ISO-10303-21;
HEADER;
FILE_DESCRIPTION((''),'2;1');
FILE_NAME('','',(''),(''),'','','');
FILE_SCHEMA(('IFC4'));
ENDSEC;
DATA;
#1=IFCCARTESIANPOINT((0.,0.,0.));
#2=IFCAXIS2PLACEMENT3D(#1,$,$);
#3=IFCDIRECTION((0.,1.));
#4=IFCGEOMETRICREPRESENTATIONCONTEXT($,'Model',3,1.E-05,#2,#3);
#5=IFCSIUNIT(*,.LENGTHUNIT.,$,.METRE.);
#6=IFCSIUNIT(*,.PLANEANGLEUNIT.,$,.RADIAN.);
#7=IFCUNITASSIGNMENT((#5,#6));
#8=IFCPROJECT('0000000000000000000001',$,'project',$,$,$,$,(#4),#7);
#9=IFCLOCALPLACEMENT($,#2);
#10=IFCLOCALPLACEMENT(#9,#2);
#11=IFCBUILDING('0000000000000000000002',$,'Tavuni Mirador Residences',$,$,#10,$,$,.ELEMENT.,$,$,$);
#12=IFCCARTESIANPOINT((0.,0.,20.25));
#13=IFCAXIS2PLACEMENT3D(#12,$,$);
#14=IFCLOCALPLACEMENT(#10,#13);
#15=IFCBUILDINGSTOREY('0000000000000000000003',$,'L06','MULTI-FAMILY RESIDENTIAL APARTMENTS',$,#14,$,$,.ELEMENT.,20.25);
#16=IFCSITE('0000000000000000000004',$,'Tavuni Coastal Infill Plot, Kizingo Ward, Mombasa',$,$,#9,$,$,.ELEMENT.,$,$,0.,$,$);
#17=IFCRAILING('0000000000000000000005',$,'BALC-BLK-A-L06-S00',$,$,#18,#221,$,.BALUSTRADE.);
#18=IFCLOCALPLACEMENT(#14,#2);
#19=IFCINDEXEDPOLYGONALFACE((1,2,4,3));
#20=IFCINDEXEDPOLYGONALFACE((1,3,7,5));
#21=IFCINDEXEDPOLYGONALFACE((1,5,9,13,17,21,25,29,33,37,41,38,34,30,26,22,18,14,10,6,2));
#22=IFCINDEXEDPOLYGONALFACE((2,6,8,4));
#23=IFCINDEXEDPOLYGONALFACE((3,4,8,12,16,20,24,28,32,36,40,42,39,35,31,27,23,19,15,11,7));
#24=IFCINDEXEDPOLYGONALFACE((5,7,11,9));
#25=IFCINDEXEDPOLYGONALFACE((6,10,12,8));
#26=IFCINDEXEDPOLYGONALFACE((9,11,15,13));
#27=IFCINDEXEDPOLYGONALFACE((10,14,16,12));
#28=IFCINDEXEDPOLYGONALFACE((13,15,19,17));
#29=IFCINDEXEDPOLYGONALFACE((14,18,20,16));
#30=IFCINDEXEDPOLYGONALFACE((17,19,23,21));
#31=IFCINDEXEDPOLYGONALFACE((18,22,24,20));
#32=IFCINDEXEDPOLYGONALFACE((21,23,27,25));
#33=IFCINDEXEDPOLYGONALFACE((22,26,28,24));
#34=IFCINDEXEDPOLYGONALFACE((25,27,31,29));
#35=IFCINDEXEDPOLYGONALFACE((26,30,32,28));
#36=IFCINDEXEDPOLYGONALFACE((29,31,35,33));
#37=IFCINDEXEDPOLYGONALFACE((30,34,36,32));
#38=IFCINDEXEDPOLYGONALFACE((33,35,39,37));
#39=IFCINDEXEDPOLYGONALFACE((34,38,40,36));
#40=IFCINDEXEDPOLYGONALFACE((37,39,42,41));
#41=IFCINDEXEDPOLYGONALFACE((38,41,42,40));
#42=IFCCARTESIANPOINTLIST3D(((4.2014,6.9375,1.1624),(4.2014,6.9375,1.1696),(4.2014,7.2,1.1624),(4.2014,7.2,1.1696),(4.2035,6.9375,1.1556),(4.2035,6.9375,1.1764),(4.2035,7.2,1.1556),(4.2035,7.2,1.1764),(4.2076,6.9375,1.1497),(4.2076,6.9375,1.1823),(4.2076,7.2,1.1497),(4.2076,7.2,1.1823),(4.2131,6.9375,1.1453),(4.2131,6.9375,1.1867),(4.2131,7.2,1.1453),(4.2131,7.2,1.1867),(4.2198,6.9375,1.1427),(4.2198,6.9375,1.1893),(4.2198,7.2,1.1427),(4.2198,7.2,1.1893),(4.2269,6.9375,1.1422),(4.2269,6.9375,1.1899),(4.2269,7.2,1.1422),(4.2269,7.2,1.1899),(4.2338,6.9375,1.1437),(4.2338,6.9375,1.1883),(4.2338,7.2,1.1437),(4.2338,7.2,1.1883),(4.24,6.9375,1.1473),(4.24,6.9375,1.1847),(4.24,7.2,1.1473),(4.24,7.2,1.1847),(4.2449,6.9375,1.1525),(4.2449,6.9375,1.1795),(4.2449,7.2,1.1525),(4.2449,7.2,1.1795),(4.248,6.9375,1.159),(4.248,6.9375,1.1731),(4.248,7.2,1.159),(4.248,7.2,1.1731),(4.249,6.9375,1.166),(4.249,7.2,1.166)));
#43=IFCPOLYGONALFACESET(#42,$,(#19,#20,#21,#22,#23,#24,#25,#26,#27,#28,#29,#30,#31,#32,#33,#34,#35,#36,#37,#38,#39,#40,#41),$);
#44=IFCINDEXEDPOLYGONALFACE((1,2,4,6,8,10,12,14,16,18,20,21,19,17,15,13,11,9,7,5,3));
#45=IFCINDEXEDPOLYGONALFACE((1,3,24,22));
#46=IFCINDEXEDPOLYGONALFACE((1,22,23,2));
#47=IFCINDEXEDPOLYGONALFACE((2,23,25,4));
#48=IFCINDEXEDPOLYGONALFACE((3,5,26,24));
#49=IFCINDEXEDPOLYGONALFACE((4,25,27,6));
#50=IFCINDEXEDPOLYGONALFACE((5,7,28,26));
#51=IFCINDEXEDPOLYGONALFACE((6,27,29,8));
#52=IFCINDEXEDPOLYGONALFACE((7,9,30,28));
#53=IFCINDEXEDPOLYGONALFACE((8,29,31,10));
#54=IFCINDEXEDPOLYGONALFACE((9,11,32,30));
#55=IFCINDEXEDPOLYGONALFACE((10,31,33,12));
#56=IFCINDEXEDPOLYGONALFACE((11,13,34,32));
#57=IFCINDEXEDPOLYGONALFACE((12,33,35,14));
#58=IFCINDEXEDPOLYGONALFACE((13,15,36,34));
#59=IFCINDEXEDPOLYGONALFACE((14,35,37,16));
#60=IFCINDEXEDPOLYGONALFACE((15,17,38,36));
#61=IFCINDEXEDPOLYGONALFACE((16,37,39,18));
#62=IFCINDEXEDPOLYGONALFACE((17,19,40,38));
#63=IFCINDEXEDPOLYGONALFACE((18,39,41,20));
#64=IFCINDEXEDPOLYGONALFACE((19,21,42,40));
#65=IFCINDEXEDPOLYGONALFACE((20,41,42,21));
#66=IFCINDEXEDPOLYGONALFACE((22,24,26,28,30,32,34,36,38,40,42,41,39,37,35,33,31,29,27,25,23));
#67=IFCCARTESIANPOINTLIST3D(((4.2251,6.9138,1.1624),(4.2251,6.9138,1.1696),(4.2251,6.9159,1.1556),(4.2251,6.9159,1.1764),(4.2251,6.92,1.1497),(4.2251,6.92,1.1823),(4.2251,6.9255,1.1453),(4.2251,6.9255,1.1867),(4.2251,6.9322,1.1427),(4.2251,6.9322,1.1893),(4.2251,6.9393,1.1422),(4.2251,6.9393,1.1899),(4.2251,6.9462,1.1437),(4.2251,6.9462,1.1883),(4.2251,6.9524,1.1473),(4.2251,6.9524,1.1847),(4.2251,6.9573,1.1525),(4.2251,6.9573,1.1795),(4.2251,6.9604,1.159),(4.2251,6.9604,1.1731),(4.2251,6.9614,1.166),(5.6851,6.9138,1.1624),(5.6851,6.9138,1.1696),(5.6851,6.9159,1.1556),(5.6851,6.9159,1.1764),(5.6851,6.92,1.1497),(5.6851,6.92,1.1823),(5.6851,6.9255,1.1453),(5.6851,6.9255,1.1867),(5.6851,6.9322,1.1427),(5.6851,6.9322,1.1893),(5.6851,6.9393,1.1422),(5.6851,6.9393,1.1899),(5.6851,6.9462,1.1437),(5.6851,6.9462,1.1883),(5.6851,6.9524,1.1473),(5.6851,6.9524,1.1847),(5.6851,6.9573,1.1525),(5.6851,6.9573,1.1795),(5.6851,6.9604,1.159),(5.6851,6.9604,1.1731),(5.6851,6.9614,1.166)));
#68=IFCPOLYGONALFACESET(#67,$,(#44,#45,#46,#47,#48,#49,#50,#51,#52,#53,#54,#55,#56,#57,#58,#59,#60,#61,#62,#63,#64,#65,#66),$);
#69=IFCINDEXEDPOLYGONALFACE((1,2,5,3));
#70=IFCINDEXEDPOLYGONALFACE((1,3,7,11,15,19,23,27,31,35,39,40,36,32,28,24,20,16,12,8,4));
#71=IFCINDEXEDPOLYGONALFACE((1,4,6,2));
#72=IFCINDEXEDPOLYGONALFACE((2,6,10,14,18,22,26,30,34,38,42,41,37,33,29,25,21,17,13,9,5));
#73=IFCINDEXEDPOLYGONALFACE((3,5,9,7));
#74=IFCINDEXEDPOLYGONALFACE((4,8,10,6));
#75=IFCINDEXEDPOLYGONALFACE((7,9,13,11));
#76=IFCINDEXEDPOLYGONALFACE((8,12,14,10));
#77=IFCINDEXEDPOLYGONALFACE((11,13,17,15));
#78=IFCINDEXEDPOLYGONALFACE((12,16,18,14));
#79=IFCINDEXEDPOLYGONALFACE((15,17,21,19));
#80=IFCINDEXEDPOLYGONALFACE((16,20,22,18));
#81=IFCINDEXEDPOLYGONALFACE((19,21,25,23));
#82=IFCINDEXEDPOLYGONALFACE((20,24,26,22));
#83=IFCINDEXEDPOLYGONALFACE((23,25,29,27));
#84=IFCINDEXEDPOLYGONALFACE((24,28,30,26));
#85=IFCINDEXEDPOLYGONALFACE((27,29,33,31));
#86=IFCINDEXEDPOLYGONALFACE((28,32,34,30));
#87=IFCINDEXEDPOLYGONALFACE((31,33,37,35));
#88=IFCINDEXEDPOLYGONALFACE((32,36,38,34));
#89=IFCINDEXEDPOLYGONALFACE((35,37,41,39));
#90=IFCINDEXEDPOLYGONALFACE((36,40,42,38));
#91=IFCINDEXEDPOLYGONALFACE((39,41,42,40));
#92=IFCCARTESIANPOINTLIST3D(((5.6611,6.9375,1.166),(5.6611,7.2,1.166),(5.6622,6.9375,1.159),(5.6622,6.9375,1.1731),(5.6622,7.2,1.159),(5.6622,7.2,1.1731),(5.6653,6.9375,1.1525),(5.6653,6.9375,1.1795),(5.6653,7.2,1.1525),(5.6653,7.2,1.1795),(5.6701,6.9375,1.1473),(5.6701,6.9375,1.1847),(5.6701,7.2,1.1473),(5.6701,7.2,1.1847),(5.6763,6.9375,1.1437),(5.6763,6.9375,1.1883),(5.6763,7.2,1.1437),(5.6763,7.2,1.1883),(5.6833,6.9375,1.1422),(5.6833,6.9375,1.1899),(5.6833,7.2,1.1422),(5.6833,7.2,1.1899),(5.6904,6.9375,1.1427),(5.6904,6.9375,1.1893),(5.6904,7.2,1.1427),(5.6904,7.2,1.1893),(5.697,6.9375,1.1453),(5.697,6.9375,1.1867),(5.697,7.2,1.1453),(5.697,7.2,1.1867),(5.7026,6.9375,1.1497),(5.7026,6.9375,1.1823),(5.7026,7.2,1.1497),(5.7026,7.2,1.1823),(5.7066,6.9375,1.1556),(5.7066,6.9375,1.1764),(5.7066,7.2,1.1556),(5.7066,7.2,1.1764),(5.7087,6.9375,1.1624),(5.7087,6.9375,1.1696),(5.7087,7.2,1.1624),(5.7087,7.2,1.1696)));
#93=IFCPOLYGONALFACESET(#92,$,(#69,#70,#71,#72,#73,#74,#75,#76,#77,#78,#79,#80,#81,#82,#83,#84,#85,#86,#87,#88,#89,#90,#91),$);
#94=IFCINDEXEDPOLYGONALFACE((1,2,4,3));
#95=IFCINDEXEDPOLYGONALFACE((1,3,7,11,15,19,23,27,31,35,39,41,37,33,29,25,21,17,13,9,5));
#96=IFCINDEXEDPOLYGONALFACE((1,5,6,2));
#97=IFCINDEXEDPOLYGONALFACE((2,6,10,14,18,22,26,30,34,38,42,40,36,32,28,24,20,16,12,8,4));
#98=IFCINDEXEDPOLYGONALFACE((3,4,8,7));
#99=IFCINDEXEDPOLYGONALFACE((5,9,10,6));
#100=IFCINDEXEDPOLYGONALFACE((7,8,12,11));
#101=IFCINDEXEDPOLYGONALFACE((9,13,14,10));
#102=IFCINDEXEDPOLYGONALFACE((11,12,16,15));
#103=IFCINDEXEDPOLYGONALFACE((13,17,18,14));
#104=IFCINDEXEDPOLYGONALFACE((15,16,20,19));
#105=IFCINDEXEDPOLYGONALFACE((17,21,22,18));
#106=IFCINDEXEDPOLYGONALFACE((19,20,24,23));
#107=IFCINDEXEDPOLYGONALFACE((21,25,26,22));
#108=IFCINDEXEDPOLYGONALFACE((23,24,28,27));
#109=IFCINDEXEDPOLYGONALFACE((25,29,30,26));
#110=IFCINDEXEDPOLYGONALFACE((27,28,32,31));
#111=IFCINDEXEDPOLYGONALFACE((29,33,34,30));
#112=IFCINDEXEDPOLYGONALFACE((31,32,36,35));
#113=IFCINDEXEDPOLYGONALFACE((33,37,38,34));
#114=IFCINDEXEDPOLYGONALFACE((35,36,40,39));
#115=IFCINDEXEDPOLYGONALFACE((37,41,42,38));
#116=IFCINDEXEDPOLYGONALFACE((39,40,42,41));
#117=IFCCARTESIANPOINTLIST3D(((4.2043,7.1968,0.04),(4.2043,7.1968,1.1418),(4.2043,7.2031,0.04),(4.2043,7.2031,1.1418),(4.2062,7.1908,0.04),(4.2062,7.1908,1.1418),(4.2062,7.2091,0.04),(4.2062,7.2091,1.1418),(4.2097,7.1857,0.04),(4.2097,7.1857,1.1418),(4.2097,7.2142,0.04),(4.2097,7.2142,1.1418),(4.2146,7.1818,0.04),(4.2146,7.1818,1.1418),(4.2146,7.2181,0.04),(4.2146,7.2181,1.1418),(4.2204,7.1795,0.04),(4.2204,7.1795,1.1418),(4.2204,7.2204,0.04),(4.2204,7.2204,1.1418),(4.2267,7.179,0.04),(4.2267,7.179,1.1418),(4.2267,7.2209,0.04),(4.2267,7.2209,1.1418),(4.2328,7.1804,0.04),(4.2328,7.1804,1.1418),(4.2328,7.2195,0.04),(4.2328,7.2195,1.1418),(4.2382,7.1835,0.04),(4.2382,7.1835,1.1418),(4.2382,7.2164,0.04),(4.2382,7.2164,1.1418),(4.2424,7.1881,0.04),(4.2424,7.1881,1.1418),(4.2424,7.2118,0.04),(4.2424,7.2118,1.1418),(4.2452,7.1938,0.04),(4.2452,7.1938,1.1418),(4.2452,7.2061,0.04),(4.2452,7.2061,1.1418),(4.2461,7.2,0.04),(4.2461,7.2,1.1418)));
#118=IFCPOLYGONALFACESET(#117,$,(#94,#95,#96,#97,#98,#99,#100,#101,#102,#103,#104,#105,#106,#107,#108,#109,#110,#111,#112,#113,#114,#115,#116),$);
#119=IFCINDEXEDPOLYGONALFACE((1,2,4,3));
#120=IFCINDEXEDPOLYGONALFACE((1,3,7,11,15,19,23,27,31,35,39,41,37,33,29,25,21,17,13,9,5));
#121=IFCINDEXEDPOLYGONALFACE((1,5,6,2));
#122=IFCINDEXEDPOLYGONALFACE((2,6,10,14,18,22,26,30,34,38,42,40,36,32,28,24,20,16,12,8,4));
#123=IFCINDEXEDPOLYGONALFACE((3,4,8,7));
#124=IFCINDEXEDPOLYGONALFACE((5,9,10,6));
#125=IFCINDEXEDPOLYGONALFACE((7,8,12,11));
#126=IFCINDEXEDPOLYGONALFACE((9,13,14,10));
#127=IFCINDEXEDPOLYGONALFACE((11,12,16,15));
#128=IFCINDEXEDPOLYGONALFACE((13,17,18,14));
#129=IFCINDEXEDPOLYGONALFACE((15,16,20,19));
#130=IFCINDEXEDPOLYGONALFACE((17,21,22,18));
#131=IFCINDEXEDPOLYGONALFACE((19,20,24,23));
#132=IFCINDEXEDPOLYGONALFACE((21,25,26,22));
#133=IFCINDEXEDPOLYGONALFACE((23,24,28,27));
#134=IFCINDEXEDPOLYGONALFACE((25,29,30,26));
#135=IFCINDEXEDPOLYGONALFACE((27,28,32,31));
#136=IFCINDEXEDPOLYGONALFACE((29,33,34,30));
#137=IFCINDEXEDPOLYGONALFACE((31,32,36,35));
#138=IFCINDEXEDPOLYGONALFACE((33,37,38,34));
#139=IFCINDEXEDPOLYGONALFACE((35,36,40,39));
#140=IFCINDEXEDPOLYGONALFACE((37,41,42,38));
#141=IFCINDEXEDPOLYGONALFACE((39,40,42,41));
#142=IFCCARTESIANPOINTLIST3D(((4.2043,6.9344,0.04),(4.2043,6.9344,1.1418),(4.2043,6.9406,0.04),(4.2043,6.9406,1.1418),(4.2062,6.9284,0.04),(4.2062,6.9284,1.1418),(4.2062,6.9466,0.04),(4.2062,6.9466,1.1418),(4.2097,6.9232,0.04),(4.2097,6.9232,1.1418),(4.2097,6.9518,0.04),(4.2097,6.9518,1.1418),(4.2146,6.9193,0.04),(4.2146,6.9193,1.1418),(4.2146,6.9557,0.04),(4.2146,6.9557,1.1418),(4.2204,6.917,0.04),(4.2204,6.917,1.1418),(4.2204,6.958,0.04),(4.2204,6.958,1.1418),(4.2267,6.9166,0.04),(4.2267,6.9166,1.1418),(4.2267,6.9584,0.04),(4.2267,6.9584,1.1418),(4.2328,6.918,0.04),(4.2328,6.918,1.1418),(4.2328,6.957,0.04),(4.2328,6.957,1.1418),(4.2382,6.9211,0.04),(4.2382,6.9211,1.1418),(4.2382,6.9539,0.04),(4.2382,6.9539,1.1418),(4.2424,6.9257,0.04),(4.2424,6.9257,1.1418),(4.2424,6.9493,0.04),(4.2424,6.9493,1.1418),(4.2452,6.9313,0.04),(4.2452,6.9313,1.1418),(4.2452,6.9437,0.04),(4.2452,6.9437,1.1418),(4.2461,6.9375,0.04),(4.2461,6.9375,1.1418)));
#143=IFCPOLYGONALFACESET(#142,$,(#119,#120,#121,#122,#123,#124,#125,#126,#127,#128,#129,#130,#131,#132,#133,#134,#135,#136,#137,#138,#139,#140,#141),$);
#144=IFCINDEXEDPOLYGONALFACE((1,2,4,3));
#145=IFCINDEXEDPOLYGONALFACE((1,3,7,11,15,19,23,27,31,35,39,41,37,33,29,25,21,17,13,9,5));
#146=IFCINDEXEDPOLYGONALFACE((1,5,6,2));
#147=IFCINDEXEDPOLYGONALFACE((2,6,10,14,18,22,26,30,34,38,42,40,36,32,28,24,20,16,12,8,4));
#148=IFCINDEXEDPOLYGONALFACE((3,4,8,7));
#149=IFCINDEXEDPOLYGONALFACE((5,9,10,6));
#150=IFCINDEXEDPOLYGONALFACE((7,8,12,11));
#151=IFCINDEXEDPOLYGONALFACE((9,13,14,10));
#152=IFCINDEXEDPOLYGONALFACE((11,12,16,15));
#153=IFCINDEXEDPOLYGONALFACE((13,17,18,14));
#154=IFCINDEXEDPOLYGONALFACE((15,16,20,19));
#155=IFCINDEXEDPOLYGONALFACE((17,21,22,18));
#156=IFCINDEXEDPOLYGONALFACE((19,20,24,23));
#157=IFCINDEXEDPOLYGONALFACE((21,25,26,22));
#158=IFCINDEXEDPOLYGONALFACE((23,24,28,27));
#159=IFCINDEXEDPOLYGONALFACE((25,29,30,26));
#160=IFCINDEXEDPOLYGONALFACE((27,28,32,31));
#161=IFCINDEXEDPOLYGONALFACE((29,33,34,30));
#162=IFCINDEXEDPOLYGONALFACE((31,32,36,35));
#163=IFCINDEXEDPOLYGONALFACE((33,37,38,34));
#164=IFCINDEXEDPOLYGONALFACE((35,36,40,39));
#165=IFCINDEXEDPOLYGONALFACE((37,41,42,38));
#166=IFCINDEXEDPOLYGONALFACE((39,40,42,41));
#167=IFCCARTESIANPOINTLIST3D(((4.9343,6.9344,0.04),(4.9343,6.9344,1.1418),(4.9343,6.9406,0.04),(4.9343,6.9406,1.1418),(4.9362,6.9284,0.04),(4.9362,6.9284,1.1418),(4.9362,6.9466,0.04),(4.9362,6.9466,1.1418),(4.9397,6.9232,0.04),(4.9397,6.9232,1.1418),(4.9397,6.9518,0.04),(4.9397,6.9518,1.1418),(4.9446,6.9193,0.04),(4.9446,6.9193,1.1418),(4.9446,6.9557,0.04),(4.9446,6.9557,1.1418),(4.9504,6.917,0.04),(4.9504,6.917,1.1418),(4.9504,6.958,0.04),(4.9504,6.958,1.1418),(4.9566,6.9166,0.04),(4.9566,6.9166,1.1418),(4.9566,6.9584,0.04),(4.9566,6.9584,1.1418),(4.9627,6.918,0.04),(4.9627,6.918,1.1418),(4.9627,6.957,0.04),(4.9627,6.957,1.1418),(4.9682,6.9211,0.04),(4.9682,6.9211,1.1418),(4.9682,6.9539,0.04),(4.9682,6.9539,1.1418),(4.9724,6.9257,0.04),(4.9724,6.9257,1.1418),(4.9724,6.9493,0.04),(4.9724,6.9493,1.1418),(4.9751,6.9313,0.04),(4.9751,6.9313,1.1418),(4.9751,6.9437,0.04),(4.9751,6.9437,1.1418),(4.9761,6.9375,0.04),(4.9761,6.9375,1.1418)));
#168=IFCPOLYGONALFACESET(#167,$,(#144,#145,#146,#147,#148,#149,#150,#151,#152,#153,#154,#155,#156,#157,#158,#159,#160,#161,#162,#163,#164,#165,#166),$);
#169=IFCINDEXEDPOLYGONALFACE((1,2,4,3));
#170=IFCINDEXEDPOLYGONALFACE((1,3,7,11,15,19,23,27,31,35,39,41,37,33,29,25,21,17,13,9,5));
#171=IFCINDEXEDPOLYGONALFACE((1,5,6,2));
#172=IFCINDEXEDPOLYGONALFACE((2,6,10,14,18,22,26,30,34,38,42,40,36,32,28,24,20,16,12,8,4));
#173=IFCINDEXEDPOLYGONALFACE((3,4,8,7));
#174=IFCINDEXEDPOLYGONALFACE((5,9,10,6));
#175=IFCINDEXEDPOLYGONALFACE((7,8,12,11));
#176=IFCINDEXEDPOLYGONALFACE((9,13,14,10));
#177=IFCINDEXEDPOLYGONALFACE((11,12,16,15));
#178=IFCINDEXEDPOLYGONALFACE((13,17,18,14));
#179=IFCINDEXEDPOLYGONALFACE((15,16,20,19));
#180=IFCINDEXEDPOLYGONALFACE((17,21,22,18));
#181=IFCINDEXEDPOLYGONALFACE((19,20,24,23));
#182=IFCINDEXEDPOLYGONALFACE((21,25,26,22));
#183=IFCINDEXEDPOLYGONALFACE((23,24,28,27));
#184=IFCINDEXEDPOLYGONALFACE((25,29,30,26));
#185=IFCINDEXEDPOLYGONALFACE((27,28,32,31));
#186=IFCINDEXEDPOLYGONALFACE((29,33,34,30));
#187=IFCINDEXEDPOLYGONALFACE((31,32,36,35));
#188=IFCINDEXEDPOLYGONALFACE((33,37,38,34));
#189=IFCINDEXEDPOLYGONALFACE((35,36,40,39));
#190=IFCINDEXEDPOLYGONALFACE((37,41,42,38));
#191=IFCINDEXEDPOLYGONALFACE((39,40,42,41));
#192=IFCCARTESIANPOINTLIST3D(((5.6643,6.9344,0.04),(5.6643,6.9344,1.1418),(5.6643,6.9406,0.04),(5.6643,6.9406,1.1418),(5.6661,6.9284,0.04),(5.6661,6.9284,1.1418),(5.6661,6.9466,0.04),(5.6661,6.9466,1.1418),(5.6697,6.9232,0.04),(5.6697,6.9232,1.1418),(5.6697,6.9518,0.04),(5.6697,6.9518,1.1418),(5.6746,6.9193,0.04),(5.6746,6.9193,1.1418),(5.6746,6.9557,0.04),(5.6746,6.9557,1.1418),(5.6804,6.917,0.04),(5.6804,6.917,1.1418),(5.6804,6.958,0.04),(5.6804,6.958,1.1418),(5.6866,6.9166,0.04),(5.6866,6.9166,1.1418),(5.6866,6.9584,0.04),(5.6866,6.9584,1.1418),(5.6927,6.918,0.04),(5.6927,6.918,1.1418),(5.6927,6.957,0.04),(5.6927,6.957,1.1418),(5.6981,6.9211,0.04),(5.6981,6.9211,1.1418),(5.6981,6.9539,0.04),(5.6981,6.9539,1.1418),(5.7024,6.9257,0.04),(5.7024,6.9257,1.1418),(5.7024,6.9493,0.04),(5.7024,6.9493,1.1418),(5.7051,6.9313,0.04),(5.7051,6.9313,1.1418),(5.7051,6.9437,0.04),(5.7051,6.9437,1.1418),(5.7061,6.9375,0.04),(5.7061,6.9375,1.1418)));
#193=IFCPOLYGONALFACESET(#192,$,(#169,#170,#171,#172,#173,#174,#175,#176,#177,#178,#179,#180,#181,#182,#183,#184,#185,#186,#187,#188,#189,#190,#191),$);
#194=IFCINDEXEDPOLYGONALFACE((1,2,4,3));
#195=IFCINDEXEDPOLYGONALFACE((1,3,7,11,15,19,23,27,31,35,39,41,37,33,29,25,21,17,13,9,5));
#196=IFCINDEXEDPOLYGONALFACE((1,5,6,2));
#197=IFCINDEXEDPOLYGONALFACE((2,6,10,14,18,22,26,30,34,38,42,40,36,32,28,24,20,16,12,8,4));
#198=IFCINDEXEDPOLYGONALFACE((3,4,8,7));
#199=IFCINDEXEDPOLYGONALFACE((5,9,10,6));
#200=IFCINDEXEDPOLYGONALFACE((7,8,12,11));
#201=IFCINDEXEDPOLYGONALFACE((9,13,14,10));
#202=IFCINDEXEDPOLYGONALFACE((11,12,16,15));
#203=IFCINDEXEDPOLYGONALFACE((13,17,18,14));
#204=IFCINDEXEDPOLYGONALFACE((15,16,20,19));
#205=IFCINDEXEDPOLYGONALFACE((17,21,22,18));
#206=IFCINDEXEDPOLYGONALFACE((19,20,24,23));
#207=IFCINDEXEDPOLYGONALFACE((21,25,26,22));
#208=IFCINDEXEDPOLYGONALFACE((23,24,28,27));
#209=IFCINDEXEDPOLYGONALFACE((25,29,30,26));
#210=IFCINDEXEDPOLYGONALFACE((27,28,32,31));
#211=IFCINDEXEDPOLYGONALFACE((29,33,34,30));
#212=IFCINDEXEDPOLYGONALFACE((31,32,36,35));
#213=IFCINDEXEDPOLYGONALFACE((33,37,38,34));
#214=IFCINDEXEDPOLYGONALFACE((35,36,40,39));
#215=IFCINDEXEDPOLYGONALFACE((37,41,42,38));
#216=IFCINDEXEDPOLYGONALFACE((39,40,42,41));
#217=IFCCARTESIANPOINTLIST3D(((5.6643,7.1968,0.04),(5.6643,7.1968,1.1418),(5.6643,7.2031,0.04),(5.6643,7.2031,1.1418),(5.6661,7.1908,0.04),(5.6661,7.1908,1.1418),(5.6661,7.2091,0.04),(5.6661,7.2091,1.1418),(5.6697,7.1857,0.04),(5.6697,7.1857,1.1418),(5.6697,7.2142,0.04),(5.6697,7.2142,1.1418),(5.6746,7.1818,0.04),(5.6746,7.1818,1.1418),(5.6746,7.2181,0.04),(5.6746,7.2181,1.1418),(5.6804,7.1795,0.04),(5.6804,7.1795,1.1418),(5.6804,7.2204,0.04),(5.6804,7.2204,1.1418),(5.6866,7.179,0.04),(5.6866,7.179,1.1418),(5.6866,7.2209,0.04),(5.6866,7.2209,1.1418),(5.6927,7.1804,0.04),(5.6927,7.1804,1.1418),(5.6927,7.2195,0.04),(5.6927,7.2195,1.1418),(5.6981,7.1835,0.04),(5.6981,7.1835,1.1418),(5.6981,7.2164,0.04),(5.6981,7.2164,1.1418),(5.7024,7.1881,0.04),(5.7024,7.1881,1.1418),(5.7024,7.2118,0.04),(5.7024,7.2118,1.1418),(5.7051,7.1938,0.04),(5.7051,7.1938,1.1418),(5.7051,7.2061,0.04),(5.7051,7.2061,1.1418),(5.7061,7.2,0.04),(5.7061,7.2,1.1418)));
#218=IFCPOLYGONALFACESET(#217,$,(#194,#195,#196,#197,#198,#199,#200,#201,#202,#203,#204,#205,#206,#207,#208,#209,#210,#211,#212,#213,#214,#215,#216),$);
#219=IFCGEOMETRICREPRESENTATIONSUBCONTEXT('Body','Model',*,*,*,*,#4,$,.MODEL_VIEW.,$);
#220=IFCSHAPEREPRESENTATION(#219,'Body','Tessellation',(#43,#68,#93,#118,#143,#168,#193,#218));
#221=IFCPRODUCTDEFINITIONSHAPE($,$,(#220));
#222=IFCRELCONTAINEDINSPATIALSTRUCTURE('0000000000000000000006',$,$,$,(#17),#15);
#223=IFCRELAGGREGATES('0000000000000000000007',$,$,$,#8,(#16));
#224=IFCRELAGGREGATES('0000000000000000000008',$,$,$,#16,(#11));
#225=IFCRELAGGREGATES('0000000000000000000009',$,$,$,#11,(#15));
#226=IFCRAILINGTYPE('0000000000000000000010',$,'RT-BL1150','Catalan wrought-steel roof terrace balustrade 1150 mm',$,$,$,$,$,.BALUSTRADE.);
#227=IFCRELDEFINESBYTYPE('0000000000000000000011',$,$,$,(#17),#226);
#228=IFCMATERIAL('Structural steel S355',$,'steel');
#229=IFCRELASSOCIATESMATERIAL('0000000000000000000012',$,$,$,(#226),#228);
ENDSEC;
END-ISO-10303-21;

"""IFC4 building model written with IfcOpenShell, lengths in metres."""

from ifc_helpers import new_model, si_unit, direction, frame, origin, origin_2d, place, context, subcontext, project, spatial, circle, extrude, material, type_object, element, save


model = new_model("IFC4")

# Units and contexts
model_context = context("Model", 3, precision=1e-05, world=origin(), true_north=direction((0.0, 1.0)))
body_context = subcontext(model_context, "Body", "Model", "MODEL_VIEW")
ifc_project = project(units=[si_unit("LENGTHUNIT", "METRE"), si_unit("PLANEANGLEUNIT", "RADIAN")], contexts=[model_context])

# Site, building, storey
site_placement = place(None, origin())
site = spatial("IfcSite", under=ifc_project, at=site_placement, Name="Tavuni Coastal Infill Plot, Kizingo Ward, Mombasa", CompositionType="ELEMENT", RefElevation=0.0)
building_placement = place(site_placement, origin())
building = spatial("IfcBuilding", under=site, at=building_placement, Name="Tavuni Mirador Residences", CompositionType="ELEMENT")
storey_placement = place(building_placement, frame((0.0, 0.0, 20.25)))
storey = spatial("IfcBuildingStorey", under=building, at=storey_placement, Name="L06", Description="MULTI-FAMILY RESIDENTIAL APARTMENTS", CompositionType="ELEMENT", Elevation=20.25)

# Shared definitions
ifc_material_1 = material(Name="Structural steel S355", Category="steel")

# Railing
railing_type = type_object("IfcRailingType", Name="RT-BL1150", Description="Catalan wrought-steel roof terrace balustrade 1150 mm", PredefinedType="BALUSTRADE", material=ifc_material_1)
railing_placement = place(storey_placement, frame((4.2251, 7.2, 0.04)))
element("IfcRailing", 1, at=railing_placement, inside=storey, type_object=railing_type, Name="BALC-BLK-A-L06-S00", PredefinedType="BALUSTRADE", context=body_context, shape_type="SweptSolid", body=[
    extrude(circle(Radius=0.0239, at=origin_2d()), frame((0.0, 0.0, 1.126), z_axis=(0.0, -1.0, 0.0), x_axis=(1.0, 0.0, 0.0)), (0.0, 0.0, 1.0), 0.2625),
    extrude(circle(Radius=0.0239, at=origin_2d()), frame((0.0, -0.2625, 1.126), z_axis=(1.0, 0.0, 0.0), x_axis=(0.0, 1.0, 0.0)), (0.0, 0.0, 1.0), 1.46),
    extrude(circle(Radius=0.0239, at=origin_2d()), frame((1.46, -0.2625, 1.126), z_axis=(0.0, 1.0, 0.0), x_axis=(-1.0, 0.0, 0.0)), (0.0, 0.0, 1.0), 0.2625),
    extrude(circle(Radius=0.021, at=origin_2d()), origin(), (0.0, 0.0, 1.0), 1.1018),
    extrude(circle(Radius=0.021, at=origin_2d()), frame((0.0, -0.2625, 0.0)), (0.0, 0.0, 1.0), 1.1018),
    extrude(circle(Radius=0.021, at=origin_2d()), frame((0.73, -0.2625, 0.0)), (0.0, 0.0, 1.0), 1.1018),
    extrude(circle(Radius=0.021, at=origin_2d()), frame((1.46, -0.2625, 0.0)), (0.0, 0.0, 1.0), 1.1018),
    extrude(circle(Radius=0.021, at=origin_2d()), frame((1.46, 0.0, 0.0)), (0.0, 0.0, 1.0), 1.1018),
])

save(model, "model.ifc")
